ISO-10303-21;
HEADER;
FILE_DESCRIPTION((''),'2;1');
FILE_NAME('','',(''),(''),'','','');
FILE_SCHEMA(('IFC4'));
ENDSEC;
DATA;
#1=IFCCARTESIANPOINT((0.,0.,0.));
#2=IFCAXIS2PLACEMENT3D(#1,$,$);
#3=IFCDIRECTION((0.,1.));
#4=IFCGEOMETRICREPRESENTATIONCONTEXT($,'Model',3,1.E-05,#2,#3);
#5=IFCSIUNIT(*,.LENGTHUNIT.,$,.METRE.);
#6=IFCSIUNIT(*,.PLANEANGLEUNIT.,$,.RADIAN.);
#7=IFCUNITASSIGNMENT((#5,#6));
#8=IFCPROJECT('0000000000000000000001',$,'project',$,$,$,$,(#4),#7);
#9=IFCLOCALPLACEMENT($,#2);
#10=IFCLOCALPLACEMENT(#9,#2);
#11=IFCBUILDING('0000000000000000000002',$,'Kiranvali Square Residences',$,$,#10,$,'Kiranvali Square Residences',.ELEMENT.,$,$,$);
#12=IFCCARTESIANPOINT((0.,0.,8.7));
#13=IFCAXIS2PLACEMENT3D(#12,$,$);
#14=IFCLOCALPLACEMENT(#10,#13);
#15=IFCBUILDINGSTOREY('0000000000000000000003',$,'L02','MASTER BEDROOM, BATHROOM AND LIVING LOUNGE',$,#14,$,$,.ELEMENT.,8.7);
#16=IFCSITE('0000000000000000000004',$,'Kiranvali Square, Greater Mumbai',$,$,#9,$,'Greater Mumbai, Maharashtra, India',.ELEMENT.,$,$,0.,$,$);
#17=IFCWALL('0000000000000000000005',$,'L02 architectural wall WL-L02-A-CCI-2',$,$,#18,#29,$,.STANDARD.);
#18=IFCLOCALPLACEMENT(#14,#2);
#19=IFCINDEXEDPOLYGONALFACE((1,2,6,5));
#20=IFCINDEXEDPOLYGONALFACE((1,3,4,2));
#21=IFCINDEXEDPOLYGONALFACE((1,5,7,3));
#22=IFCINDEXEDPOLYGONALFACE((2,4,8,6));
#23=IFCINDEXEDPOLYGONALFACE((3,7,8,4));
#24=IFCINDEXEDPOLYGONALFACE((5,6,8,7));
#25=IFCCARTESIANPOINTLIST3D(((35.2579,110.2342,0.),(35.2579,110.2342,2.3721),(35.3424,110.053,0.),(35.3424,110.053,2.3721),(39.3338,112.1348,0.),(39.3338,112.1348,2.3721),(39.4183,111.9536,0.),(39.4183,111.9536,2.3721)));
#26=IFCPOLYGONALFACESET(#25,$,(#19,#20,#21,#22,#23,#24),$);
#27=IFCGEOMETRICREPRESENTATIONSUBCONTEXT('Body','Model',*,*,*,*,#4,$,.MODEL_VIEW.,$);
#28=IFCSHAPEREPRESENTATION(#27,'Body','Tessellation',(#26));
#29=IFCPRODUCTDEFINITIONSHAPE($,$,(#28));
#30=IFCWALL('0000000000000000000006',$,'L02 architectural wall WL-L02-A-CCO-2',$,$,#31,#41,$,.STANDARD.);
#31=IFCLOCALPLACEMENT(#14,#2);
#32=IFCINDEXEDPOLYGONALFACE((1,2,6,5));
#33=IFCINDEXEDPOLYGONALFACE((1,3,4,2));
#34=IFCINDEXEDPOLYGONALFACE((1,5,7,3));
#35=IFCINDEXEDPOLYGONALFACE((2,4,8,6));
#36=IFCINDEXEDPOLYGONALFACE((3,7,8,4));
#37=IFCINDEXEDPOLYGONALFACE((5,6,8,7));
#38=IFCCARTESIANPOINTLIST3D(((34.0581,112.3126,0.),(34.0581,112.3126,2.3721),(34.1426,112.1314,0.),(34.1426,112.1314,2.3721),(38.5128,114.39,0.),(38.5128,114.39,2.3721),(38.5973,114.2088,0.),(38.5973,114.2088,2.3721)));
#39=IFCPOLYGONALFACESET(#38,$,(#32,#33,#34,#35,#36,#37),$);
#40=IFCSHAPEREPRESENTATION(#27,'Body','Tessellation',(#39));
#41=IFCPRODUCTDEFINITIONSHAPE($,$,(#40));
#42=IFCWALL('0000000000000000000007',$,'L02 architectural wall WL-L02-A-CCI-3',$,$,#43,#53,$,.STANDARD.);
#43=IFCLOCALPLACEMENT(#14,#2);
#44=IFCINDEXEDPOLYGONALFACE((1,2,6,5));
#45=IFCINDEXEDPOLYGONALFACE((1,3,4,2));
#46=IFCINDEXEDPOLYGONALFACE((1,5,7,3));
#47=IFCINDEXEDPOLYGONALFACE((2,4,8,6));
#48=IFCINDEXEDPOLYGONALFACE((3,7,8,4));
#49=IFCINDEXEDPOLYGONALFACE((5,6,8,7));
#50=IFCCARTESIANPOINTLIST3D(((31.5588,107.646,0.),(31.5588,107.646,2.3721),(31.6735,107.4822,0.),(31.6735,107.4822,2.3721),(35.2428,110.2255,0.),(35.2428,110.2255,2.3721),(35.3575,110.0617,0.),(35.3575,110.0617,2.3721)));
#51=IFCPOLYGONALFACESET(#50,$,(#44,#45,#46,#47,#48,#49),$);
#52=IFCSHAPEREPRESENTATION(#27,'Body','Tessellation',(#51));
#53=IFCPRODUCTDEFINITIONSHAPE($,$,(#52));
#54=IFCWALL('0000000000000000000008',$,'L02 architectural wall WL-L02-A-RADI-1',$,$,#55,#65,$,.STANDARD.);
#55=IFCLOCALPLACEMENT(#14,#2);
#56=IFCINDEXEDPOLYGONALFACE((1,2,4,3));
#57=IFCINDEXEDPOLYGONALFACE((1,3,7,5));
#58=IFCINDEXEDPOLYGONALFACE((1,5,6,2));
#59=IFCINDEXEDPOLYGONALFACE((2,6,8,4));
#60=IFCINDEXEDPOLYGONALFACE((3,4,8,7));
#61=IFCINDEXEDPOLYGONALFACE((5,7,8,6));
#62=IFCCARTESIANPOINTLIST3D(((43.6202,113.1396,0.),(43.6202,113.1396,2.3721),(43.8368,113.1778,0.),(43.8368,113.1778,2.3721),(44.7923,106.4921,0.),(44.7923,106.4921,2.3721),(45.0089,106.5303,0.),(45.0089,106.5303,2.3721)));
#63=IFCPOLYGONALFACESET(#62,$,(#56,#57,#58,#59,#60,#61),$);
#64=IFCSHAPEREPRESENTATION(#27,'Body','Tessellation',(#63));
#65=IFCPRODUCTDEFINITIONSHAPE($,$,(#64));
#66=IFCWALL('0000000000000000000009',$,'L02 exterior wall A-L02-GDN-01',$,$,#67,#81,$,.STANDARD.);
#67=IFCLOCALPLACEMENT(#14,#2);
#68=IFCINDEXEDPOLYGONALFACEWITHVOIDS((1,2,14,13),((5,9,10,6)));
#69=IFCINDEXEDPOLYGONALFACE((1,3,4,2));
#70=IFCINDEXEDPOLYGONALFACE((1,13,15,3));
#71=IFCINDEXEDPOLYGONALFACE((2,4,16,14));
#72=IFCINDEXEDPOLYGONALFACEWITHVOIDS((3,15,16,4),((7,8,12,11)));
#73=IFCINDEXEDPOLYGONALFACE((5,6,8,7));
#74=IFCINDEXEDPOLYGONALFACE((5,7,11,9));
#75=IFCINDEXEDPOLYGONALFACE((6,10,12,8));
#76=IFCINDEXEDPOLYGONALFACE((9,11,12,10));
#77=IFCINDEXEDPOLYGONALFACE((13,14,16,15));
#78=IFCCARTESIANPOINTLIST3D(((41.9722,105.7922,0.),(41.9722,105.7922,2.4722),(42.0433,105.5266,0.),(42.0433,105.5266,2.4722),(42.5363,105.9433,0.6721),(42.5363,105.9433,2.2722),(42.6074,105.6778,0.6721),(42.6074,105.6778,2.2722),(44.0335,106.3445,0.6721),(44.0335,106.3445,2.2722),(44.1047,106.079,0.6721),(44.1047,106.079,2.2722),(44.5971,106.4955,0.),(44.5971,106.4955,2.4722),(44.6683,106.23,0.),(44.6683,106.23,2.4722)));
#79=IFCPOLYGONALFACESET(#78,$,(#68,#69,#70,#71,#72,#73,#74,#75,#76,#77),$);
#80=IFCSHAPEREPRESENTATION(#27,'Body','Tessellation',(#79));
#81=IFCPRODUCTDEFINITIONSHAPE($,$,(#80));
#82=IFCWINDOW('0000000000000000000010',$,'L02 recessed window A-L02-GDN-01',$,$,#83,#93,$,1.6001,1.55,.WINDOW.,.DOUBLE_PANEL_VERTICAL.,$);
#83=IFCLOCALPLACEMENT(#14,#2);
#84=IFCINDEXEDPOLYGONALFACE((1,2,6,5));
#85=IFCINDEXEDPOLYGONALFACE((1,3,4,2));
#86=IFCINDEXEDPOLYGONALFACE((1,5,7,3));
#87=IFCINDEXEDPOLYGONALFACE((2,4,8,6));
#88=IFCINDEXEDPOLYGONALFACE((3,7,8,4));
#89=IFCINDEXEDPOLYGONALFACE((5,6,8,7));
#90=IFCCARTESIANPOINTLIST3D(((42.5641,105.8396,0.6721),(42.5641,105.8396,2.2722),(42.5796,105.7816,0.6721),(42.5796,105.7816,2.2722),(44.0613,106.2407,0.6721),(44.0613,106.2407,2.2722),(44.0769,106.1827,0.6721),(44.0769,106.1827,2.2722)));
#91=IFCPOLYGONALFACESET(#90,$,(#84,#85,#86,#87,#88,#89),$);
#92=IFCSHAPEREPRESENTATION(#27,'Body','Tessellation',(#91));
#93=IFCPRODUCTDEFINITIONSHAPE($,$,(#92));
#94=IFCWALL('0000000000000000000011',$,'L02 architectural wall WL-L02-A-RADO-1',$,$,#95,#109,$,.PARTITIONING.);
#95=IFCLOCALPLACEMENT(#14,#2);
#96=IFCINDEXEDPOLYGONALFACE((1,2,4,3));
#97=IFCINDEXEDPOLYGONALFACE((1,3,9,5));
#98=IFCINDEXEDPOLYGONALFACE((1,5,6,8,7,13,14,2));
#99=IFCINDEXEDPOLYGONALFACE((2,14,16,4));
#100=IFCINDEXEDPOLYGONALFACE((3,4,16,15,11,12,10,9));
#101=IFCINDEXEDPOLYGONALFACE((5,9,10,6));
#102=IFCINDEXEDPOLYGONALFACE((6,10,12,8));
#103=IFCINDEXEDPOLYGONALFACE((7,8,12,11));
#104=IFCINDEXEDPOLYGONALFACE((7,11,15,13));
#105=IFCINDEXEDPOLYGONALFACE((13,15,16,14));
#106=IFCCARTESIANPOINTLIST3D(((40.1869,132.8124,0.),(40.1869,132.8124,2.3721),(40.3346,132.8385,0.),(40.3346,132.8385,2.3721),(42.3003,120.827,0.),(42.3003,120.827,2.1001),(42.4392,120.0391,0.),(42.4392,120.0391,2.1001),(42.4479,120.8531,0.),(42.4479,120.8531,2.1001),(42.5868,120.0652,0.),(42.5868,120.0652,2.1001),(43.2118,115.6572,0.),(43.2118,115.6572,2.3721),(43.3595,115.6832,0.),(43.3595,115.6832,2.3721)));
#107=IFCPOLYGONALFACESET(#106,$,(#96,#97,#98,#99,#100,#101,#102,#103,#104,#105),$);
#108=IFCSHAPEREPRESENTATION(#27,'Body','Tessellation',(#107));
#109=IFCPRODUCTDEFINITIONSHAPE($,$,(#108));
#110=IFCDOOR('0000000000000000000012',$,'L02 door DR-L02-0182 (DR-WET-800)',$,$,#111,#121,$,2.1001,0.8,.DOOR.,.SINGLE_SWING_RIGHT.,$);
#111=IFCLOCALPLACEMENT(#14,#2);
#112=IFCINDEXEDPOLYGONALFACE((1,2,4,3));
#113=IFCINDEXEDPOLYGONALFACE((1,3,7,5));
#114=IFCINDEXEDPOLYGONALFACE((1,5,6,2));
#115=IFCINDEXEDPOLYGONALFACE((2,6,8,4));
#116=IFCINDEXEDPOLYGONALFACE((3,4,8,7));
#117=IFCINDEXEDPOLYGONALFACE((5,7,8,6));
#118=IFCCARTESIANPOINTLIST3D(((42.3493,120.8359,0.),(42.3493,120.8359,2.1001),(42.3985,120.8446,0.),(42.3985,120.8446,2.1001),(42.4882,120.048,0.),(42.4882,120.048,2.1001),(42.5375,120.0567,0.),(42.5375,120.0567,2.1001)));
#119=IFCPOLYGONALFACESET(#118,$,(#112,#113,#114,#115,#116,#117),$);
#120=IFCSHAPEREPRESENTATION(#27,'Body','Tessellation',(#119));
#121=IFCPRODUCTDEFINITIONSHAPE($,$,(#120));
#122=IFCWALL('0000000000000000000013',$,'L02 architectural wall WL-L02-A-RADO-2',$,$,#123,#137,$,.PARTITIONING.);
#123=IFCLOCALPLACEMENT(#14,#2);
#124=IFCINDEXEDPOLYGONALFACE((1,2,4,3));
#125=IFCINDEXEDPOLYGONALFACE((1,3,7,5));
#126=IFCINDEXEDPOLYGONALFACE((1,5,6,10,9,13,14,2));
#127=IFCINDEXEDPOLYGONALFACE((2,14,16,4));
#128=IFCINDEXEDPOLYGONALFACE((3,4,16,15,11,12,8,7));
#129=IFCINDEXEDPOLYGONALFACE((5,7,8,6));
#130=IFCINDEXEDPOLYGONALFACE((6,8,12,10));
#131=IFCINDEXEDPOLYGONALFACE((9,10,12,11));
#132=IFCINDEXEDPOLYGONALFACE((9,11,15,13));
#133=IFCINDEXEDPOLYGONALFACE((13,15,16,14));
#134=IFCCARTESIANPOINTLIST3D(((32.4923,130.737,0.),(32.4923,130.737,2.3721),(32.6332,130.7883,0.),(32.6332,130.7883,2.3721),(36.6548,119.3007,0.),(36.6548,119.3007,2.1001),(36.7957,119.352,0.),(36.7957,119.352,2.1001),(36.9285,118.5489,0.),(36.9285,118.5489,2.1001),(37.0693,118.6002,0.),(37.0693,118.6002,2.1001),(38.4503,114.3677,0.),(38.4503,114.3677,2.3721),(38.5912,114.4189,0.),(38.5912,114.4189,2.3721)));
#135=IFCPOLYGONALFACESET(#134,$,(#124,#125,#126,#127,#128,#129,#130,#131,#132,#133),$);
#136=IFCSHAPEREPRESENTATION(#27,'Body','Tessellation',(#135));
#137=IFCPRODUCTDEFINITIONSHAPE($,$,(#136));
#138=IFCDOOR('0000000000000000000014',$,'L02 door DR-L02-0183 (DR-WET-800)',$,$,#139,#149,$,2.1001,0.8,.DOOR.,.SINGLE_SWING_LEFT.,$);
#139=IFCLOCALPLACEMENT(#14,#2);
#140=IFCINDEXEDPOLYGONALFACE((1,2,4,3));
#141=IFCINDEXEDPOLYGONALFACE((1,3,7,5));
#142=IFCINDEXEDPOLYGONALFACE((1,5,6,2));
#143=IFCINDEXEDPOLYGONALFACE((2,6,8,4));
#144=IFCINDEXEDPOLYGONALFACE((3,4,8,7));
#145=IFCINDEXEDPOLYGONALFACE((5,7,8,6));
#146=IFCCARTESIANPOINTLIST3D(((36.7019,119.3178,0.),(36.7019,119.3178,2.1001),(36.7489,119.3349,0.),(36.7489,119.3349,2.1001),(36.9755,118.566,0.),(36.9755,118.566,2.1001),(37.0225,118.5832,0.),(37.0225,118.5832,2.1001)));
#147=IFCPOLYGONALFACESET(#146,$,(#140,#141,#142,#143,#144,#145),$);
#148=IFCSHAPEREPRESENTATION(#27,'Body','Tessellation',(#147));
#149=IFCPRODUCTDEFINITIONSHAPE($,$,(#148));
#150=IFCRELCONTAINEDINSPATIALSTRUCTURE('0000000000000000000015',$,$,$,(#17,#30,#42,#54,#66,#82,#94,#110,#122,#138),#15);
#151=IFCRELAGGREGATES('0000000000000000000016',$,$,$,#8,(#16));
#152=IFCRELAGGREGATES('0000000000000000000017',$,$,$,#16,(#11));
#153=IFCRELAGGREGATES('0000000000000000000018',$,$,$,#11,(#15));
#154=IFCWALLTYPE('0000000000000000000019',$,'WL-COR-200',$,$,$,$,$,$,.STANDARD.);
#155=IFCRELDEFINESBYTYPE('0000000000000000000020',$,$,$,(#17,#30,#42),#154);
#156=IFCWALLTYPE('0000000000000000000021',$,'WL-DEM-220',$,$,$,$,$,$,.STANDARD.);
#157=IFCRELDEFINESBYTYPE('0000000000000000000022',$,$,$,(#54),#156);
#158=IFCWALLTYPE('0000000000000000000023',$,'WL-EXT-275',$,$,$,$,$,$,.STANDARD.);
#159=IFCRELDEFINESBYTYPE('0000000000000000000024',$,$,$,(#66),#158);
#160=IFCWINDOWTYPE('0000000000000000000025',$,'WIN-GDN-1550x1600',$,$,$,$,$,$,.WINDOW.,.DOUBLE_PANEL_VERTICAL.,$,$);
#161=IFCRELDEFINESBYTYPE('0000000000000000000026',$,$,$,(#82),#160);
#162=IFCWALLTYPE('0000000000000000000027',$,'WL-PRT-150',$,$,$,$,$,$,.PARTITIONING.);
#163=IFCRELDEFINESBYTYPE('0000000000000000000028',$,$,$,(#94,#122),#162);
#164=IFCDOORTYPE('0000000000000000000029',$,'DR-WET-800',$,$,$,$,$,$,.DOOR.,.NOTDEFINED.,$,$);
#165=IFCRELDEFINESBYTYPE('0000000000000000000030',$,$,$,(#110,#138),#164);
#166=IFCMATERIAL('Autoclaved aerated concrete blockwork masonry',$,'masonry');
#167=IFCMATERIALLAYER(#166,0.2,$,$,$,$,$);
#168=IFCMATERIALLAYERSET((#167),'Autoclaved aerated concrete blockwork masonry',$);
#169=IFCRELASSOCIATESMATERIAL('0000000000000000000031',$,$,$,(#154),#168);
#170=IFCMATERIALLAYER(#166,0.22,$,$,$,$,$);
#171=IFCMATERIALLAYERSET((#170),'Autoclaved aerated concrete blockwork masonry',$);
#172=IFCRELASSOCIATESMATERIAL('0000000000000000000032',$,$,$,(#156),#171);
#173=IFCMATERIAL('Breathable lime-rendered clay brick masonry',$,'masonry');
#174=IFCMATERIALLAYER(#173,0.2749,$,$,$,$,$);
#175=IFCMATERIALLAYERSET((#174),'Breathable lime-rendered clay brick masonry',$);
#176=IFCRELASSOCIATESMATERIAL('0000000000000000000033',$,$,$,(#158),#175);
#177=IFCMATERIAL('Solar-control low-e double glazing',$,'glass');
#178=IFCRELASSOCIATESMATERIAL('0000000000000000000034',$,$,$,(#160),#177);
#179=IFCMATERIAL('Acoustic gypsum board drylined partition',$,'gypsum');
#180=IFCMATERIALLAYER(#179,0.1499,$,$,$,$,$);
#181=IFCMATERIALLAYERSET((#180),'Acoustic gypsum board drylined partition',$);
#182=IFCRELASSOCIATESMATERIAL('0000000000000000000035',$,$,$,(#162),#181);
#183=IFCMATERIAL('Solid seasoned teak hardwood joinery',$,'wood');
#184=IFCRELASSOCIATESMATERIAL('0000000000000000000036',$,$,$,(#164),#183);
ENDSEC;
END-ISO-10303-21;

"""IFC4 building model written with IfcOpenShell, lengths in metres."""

from ifc_helpers import new_model, si_unit, direction, frame, frame_2d, origin, place, context, subcontext, project, spatial, rectangle, extrude, material, layer, layer_set, type_object, element, fill, save


model = new_model("IFC4")

# Units and contexts
model_context = context("Model", 3, precision=1e-05, world=origin(), true_north=direction((0.0, 1.0)))
body_context = subcontext(model_context, "Body", "Model", "MODEL_VIEW")
ifc_project = project(units=[si_unit("LENGTHUNIT", "METRE"), si_unit("PLANEANGLEUNIT", "RADIAN")], contexts=[model_context])

# Site, building, storey
site_placement = place(None, origin())
site = spatial("IfcSite", under=ifc_project, at=site_placement, Name="Kiranvali Square, Greater Mumbai", LongName="Greater Mumbai, Maharashtra, India", CompositionType="ELEMENT", RefElevation=0.0)
building_placement = place(site_placement, origin())
building = spatial("IfcBuilding", under=site, at=building_placement, Name="Kiranvali Square Residences", LongName="Kiranvali Square Residences", CompositionType="ELEMENT")
storey_placement = place(building_placement, frame((0.0, 0.0, 8.7)))
storey = spatial("IfcBuildingStorey", under=building, at=storey_placement, Name="L02", Description="MASTER BEDROOM, BATHROOM AND LIVING LOUNGE", CompositionType="ELEMENT", Elevation=8.7)

# Shared definitions
ifc_material_1 = material(Name="Autoclaved aerated concrete blockwork masonry", Category="masonry")
ifc_layer_1 = layer(ifc_material_1, 0.2)
ifc_layer_set_1 = layer_set([ifc_layer_1], Name="Autoclaved aerated concrete blockwork masonry")
wall_type_1 = type_object("IfcWallType", Name="WL-COR-200", PredefinedType="STANDARD", material=ifc_layer_set_1)

# Walls
wall_1_placement = place(storey_placement, frame((39.376, 112.0442, 0.0), z_axis=(0.0, 0.0, 1.0), x_axis=(-0.906308, -0.422618, 0.0)))
element("IfcWall", 1, at=wall_1_placement, inside=storey, type_object=wall_type_1, Name="L02 architectural wall WL-L02-A-CCI-2", PredefinedType="STANDARD", context=body_context, shape_type="SweptSolid", body=[
    extrude(rectangle(XDim=4.4973, YDim=0.2, at=frame_2d((2.2485, 0.0))), origin(), (0.0, 0.0, 1.0), 2.3721),
])
wall_2_placement = place(storey_placement, frame((38.5549, 114.2993, 0.0), z_axis=(0.0, 0.0, 1.0), x_axis=(-0.906302, -0.42263, 0.0)))
element("IfcWall", 2, at=wall_2_placement, inside=storey, type_object=wall_type_1, Name="L02 architectural wall WL-L02-A-CCO-2", PredefinedType="STANDARD", context=body_context, shape_type="SweptSolid", body=[
    extrude(rectangle(XDim=4.9153, YDim=0.2, at=frame_2d((2.4575, 0.0))), origin(), (0.0, 0.0, 1.0), 2.3721),
])
wall_3_placement = place(storey_placement, frame((35.3, 110.1436, 0.0), z_axis=(0.0, 0.0, 1.0), x_axis=(-0.819155, -0.573572, 0.0)))
element("IfcWall", 3, at=wall_3_placement, inside=storey, type_object=wall_type_1, Name="L02 architectural wall WL-L02-A-CCI-3", PredefinedType="STANDARD", context=body_context, shape_type="SweptSolid", body=[
    extrude(rectangle(XDim=4.4973, YDim=0.2, at=frame_2d((2.2485, 0.0))), origin(), (0.0, 0.0, 1.0), 2.3721),
])
ifc_layer_2 = layer(ifc_material_1, 0.22)
ifc_layer_set_2 = layer_set([ifc_layer_2], Name="Autoclaved aerated concrete blockwork masonry")
wall_type_2 = type_object("IfcWallType", Name="WL-DEM-220", PredefinedType="STANDARD", material=ifc_layer_set_2)
wall_4_placement = place(storey_placement, frame((44.9006, 106.5112, 0.0), z_axis=(0.0, 0.0, 1.0), x_axis=(-0.173647, 0.984808, 0.0)))
element("IfcWall", 4, at=wall_4_placement, inside=storey, type_object=wall_type_2, Name="L02 architectural wall WL-L02-A-RADI-1", PredefinedType="STANDARD", context=body_context, shape_type="SweptSolid", body=[
    extrude(rectangle(XDim=6.75, YDim=0.22, at=frame_2d((3.375, 0.0))), origin(), (0.0, 0.0, 1.0), 2.3721),
])

# Wall, opening, window
ifc_material_2 = material(Name="Breathable lime-rendered clay brick masonry", Category="masonry")
ifc_layer_3 = layer(ifc_material_2, 0.2749)
ifc_layer_set_3 = layer_set([ifc_layer_3], Name="Breathable lime-rendered clay brick masonry")
wall_type_3 = type_object("IfcWallType", Name="WL-EXT-275", PredefinedType="STANDARD", material=ifc_layer_set_3)
wall_5_placement = place(storey_placement, frame((44.6328, 106.3628, 0.0), z_axis=(0.0, 0.0, 1.0), x_axis=(-0.965926, -0.25882, 0.0)))
wall_5 = element("IfcWall", 5, at=wall_5_placement, inside=storey, type_object=wall_type_3, Name="L02 exterior wall A-L02-GDN-01", PredefinedType="STANDARD", context=body_context, shape_type="SweptSolid", body=[
    extrude(rectangle(XDim=2.7175, YDim=0.2749, at=frame_2d((1.3589, 0.0))), origin(), (0.0, 0.0, 1.0), 2.4722),
])
opening_1_placement = place(wall_5_placement, frame((0.5837, 0.0, 0.6721)))
opening_1 = element("IfcOpeningElement", 6, at=opening_1_placement, cuts=wall_5, PredefinedType="OPENING", context=body_context, shape_type="SweptSolid", body=[
    extrude(rectangle(XDim=1.55, YDim=1.6001, at=frame_2d((0.7749, 0.8))), frame((0.0, 0.1475, 0.0), z_axis=(0.0, -1.0, 0.0), x_axis=(1.0, 0.0, 0.0)), (0.0, 0.0, 1.0), 0.2949),
])
ifc_material_3 = material(Name="Solar-control low-e double glazing", Category="glass")
window_type = type_object("IfcWindowType", Name="WIN-GDN-1550x1600", PartitioningType="DOUBLE_PANEL_VERTICAL", PredefinedType="WINDOW", material=ifc_material_3)
window_placement = place(opening_1_placement, origin())
window = element("IfcWindow", 7, at=window_placement, inside=storey, type_object=window_type, Name="L02 recessed window A-L02-GDN-01", OverallHeight=1.6001, OverallWidth=1.55, PartitioningType="DOUBLE_PANEL_VERTICAL", PredefinedType="WINDOW", context=body_context, shape_type="SweptSolid", body=[
    extrude(rectangle(XDim=1.55, YDim=1.6001, at=frame_2d((0.7749, 0.8))), frame((0.0, 0.03, 0.0), z_axis=(0.0, -1.0, 0.0), x_axis=(1.0, 0.0, 0.0)), (0.0, 0.0, 1.0), 0.0601),
])
fill(opening_1, window)

# Walls, openings, doors
ifc_material_4 = material(Name="Acoustic gypsum board drylined partition", Category="gypsum")
ifc_layer_4 = layer(ifc_material_4, 0.1499)
ifc_layer_set_4 = layer_set([ifc_layer_4], Name="Acoustic gypsum board drylined partition")
wall_type_4 = type_object("IfcWallType", Name="WL-PRT-150", PredefinedType="PARTITIONING", material=ifc_layer_set_4)
wall_6_placement = place(storey_placement, frame((43.2856, 115.6702, 0.0), z_axis=(0.0, 0.0, 1.0), x_axis=(-0.173646, 0.984808, 0.0)))
wall_6 = element("IfcWall", 8, at=wall_6_placement, inside=storey, type_object=wall_type_4, Name="L02 architectural wall WL-L02-A-RADO-1", PredefinedType="PARTITIONING", context=body_context, shape_type="SweptSolid", body=[
    extrude(rectangle(XDim=17.4199, YDim=0.1499, at=frame_2d((8.71, 0.0))), origin(), (0.0, 0.0, 1.0), 2.3721),
])
opening_2_placement = place(wall_6_placement, frame((4.4497, 0.0, 0.0)))
opening_2 = element("IfcOpeningElement", 9, at=opening_2_placement, cuts=wall_6, PredefinedType="OPENING", context=body_context, shape_type="SweptSolid", body=[
    extrude(rectangle(XDim=0.8, YDim=2.1001, at=frame_2d((0.3999, 1.05))), frame((0.0, 0.085, 0.0), z_axis=(0.0, -1.0, 0.0), x_axis=(1.0, 0.0, 0.0)), (0.0, 0.0, 1.0), 0.1699),
])
ifc_material_5 = material(Name="Solid seasoned teak hardwood joinery", Category="wood")
door_type_1 = type_object("IfcDoorType", Name="DR-WET-800", OperationType="NOTDEFINED", PredefinedType="DOOR", material=ifc_material_5)
door_1_placement = place(opening_2_placement, frame((0.8, 0.0, 0.0), z_axis=(0.0, 0.0, 1.0), x_axis=(-1.0, 0.0, 0.0)))
door_1 = element("IfcDoor", 10, at=door_1_placement, inside=storey, type_object=door_type_1, Name="L02 door DR-L02-0182 (DR-WET-800)", OperationType="SINGLE_SWING_RIGHT", OverallHeight=2.1001, OverallWidth=0.8, PredefinedType="DOOR", context=body_context, shape_type="SweptSolid", body=[
    extrude(rectangle(XDim=0.8, YDim=2.1001, at=frame_2d((0.3999, 1.05))), frame((0.0, 0.0249, 0.0), z_axis=(0.0, -1.0, 0.0), x_axis=(1.0, 0.0, 0.0)), (0.0, 0.0, 1.0), 0.05),
])
fill(opening_2, door_1)
wall_7_placement = place(storey_placement, frame((38.5208, 114.3933, 0.0), z_axis=(0.0, 0.0, 1.0), x_axis=(-0.342022, 0.939692, 0.0)))
wall_7 = element("IfcWall", 11, at=wall_7_placement, inside=storey, type_object=wall_type_4, Name="L02 architectural wall WL-L02-A-RADO-2", PredefinedType="PARTITIONING", context=body_context, shape_type="SweptSolid", body=[
    extrude(rectangle(XDim=17.4199, YDim=0.1499, at=frame_2d((8.71, 0.0))), origin(), (0.0, 0.0, 1.0), 2.3721),
])
opening_3_placement = place(wall_7_placement, frame((4.4497, 0.0, 0.0)))
opening_3 = element("IfcOpeningElement", 12, at=opening_3_placement, cuts=wall_7, PredefinedType="OPENING", context=body_context, shape_type="SweptSolid", body=[
    extrude(rectangle(XDim=0.8, YDim=2.1001, at=frame_2d((0.3999, 1.05))), frame((0.0, 0.085, 0.0), z_axis=(0.0, -1.0, 0.0), x_axis=(1.0, 0.0, 0.0)), (0.0, 0.0, 1.0), 0.1699),
])
door_2_placement = place(opening_3_placement, origin())
door_2 = element("IfcDoor", 13, at=door_2_placement, inside=storey, type_object=door_type_1, Name="L02 door DR-L02-0183 (DR-WET-800)", OperationType="SINGLE_SWING_LEFT", OverallHeight=2.1001, OverallWidth=0.8, PredefinedType="DOOR", context=body_context, shape_type="SweptSolid", body=[
    extrude(rectangle(XDim=0.8, YDim=2.1001, at=frame_2d((0.3999, 1.05))), frame((0.0, 0.0249, 0.0), z_axis=(0.0, -1.0, 0.0), x_axis=(1.0, 0.0, 0.0)), (0.0, 0.0, 1.0), 0.05),
])
fill(opening_3, door_2)

save(model, "model.ifc")
